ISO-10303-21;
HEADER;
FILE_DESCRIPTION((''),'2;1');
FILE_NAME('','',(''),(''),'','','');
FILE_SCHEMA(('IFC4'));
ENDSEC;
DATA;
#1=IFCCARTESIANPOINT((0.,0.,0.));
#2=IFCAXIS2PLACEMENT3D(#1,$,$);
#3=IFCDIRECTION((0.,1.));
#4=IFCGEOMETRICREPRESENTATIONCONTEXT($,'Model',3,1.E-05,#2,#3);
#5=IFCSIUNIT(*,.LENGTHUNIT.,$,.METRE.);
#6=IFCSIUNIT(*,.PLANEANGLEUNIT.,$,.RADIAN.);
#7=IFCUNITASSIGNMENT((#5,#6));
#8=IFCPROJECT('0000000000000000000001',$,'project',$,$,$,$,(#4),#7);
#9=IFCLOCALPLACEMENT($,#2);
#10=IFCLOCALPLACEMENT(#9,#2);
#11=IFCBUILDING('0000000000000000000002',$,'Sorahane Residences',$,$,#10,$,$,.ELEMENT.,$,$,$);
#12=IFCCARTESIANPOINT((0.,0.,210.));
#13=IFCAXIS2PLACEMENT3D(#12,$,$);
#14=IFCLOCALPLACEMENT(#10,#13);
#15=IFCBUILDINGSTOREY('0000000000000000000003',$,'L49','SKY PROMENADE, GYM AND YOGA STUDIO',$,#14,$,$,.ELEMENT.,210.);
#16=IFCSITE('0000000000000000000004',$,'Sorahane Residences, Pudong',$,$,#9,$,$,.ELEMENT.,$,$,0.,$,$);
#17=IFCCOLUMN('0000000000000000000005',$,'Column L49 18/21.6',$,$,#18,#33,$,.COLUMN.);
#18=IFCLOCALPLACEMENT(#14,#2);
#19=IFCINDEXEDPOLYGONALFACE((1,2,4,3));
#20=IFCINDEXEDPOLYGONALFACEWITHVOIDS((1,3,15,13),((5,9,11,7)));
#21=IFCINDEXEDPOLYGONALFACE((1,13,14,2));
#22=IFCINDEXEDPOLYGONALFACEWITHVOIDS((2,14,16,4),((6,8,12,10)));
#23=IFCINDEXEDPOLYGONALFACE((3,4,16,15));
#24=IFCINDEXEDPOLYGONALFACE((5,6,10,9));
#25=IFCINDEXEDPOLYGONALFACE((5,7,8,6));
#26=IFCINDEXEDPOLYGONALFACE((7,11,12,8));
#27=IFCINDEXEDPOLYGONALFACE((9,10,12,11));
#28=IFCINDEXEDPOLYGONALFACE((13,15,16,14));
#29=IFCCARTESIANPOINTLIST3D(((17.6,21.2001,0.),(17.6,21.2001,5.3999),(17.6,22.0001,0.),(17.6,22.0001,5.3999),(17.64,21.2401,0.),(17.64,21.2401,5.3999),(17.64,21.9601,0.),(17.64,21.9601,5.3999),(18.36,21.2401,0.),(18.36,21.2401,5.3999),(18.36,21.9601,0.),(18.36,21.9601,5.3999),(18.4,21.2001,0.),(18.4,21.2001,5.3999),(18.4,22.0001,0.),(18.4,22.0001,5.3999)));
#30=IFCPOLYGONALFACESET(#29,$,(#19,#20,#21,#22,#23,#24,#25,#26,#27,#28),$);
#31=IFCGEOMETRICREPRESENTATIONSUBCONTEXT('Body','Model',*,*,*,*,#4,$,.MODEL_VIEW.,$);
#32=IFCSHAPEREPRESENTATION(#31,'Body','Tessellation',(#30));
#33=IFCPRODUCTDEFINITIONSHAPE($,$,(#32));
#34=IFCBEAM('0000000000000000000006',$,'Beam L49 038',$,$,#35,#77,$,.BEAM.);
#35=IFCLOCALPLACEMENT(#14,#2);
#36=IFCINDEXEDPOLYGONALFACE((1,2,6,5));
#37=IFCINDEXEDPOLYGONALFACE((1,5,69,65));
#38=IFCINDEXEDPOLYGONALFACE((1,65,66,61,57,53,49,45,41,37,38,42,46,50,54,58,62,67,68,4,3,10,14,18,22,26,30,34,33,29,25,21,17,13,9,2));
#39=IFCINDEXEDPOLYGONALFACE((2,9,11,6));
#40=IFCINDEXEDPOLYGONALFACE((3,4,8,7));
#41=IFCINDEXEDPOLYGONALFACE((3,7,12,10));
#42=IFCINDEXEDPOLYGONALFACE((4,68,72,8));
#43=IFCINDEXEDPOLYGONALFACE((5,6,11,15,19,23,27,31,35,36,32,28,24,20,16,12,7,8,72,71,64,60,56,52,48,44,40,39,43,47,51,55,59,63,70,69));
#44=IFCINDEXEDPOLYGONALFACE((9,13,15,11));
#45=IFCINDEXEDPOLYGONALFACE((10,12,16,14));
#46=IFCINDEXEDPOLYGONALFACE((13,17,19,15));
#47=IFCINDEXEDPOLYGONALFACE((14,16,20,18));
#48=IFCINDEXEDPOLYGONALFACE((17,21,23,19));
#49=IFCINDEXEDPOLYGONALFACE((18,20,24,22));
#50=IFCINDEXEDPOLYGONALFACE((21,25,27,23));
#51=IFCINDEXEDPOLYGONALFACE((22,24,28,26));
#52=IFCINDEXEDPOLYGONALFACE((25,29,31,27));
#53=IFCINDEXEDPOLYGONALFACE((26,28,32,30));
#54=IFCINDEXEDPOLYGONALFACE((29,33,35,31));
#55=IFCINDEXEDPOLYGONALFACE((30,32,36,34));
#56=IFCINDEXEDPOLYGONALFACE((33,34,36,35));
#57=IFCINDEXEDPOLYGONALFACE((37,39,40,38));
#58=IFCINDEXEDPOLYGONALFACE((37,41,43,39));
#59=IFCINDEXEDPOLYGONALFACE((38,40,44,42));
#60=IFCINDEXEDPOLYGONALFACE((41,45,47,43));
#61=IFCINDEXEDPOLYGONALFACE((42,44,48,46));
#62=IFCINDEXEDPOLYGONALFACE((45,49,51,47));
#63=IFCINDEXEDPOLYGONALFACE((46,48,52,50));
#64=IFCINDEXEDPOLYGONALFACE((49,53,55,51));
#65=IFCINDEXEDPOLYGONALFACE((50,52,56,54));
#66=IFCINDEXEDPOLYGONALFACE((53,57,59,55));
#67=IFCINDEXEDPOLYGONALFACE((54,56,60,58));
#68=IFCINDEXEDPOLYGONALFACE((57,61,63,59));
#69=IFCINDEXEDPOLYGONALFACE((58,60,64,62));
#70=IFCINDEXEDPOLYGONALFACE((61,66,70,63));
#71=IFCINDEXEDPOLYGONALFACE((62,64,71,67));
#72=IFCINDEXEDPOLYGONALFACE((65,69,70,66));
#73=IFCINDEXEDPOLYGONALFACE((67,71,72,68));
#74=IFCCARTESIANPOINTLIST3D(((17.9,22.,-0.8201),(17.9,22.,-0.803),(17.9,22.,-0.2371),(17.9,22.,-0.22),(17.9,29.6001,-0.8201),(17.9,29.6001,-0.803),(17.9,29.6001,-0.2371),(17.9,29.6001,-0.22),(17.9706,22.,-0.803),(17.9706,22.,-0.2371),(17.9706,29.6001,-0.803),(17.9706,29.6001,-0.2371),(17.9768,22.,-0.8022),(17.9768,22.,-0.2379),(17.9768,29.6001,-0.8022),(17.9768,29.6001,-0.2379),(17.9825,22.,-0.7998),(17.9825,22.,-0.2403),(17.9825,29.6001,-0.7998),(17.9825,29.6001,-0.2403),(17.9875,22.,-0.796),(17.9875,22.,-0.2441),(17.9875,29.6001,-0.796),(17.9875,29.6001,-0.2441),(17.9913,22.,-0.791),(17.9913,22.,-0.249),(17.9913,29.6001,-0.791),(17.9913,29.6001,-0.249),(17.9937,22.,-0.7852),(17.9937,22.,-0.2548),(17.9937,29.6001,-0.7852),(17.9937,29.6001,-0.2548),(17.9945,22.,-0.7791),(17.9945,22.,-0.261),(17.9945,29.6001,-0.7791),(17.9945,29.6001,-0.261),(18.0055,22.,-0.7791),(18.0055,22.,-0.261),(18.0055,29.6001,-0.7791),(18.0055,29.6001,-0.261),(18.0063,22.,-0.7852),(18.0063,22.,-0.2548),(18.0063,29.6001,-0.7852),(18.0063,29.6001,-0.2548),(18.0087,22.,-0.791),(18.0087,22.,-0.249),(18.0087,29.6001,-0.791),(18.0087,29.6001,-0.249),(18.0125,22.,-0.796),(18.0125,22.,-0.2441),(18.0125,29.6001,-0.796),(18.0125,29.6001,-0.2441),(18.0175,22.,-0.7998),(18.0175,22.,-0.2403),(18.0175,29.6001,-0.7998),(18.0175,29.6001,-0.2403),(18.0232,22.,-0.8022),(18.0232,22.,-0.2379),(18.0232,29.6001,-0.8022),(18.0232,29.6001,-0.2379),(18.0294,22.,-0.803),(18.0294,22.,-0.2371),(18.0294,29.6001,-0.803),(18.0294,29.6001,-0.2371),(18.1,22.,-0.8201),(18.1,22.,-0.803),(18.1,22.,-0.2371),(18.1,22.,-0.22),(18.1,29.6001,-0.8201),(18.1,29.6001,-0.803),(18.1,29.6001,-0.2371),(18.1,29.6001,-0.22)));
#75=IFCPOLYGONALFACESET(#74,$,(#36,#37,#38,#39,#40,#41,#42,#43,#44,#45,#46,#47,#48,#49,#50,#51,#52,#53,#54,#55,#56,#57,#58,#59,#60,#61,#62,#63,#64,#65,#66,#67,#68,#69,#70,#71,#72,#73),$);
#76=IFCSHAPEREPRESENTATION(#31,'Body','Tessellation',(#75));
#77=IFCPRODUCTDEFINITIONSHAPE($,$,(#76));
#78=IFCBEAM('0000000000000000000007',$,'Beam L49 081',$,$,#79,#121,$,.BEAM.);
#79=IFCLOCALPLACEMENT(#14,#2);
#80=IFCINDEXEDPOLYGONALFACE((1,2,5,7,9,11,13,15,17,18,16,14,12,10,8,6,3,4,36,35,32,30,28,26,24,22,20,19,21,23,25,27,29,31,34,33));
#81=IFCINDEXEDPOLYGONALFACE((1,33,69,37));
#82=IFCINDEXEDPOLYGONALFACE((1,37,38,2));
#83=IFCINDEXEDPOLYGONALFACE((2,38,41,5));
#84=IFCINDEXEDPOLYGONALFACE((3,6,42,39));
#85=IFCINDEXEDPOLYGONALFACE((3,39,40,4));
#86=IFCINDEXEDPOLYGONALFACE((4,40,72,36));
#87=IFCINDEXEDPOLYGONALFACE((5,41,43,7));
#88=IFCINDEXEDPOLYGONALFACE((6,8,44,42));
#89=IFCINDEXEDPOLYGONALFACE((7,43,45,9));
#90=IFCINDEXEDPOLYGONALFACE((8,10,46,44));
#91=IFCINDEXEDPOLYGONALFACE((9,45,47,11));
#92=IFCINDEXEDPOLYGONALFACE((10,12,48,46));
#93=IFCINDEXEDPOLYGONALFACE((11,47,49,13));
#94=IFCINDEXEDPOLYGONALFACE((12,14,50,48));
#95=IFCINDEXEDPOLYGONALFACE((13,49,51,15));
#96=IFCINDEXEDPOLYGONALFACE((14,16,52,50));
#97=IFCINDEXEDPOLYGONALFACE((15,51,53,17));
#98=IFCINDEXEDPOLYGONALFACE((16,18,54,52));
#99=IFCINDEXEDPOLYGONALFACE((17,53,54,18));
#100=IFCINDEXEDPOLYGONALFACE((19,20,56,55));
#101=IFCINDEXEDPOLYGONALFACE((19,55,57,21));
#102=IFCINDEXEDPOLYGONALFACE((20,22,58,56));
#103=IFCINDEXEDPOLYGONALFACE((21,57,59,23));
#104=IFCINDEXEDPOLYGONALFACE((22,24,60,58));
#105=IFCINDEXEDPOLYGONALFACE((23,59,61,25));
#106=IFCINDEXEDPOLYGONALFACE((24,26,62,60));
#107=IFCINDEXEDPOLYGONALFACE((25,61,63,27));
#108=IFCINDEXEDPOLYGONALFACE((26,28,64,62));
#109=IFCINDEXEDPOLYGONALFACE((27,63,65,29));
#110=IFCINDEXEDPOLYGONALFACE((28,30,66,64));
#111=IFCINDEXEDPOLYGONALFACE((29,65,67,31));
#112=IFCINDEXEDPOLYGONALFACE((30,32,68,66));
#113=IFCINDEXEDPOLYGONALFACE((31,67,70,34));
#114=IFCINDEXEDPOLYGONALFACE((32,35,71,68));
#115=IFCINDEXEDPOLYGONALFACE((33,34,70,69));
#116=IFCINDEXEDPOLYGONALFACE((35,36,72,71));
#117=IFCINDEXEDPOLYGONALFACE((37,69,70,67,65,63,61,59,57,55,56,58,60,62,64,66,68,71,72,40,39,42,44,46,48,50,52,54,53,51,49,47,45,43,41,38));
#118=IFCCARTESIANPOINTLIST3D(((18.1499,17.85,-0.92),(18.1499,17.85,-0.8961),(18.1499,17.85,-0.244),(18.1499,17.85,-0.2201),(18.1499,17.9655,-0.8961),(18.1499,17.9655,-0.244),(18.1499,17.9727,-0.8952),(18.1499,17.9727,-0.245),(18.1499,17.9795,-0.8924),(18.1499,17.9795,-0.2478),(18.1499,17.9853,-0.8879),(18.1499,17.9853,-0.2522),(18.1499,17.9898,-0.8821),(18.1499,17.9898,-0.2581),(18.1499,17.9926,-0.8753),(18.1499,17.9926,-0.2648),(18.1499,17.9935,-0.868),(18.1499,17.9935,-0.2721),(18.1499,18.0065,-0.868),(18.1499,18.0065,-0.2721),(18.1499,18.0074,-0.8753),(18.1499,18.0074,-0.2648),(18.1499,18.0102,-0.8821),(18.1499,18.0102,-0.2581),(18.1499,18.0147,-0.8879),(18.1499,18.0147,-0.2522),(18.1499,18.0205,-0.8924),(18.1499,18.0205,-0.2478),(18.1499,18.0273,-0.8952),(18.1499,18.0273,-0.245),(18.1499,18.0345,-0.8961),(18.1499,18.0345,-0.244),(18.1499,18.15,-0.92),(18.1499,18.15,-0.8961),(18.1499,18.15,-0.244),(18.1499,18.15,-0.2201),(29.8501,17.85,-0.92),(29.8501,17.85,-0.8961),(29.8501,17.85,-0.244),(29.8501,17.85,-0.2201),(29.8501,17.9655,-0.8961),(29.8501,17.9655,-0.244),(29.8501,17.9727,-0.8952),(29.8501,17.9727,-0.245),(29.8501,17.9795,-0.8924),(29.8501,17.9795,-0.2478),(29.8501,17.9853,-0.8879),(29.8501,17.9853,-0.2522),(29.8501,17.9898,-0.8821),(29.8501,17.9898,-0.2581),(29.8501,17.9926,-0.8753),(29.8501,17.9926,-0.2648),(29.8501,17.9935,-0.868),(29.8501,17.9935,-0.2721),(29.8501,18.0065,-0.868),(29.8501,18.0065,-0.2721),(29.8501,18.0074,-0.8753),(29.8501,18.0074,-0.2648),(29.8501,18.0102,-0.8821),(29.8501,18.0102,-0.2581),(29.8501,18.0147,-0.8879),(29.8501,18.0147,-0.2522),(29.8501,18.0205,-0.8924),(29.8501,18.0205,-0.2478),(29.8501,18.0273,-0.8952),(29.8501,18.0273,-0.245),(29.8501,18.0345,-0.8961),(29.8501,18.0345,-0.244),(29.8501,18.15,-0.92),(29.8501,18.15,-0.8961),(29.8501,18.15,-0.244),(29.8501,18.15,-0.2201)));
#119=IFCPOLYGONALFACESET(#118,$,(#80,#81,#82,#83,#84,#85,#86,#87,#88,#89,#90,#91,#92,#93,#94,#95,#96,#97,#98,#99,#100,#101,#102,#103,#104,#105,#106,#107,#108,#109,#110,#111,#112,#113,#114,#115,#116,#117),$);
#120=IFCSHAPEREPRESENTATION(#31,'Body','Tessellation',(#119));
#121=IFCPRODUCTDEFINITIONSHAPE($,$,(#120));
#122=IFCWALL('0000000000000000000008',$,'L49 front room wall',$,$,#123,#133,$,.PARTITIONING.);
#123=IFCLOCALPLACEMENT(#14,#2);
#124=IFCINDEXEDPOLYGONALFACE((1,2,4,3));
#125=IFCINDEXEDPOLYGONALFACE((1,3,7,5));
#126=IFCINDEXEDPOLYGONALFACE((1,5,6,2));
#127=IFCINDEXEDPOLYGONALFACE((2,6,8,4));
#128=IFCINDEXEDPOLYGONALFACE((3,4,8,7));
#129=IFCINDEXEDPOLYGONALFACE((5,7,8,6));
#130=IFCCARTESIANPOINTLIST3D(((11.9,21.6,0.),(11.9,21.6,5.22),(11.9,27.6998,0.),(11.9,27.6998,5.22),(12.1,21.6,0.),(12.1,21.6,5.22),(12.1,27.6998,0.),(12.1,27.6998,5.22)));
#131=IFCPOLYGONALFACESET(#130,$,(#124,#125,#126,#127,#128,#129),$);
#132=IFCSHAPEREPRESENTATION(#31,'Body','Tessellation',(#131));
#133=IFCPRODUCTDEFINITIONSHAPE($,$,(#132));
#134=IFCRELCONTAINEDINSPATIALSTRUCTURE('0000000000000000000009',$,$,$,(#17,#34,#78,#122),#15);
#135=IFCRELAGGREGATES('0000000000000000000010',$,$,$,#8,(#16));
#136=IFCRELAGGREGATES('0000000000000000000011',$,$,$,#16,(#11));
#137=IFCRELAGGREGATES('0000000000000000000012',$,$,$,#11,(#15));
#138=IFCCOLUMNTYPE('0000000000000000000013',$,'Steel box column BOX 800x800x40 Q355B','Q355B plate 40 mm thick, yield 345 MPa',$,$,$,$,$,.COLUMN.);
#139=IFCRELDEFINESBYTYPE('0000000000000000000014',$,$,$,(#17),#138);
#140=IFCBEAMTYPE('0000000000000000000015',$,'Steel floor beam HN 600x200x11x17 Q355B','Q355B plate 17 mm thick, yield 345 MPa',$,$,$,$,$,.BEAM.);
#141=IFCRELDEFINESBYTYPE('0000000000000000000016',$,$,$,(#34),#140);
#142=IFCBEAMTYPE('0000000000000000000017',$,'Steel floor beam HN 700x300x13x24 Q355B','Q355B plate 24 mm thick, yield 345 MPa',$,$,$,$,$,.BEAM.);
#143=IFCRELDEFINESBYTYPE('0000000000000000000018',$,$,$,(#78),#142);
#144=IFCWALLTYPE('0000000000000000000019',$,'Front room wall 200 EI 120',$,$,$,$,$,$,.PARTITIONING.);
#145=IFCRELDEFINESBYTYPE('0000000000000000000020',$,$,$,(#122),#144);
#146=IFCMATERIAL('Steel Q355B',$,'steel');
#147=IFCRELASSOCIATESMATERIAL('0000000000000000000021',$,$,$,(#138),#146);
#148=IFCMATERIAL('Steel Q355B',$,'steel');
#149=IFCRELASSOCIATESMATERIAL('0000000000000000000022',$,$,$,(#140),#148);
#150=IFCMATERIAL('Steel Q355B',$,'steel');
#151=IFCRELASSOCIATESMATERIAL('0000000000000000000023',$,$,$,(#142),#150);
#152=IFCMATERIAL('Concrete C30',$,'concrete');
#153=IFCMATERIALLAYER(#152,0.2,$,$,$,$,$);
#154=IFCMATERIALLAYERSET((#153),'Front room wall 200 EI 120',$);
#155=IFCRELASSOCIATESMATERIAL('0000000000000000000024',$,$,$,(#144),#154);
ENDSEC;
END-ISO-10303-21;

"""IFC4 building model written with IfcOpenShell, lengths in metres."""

from ifc_helpers import new_model, si_unit, direction, frame, frame_2d, origin, origin_2d, place, context, subcontext, project, spatial, rectangle, hollow_rectangle, i_section, extrude, material, layer, layer_set, material_profile, profile_set, type_object, element, save


model = new_model("IFC4")

# Units and contexts
model_context = context("Model", 3, precision=1e-05, world=origin(), true_north=direction((0.0, 1.0)))
body_context = subcontext(model_context, "Body", "Model", "MODEL_VIEW")
ifc_project = project(units=[si_unit("LENGTHUNIT", "METRE"), si_unit("PLANEANGLEUNIT", "RADIAN")], contexts=[model_context])

# Site, building, storey
site_placement = place(None, origin())
site = spatial("IfcSite", under=ifc_project, at=site_placement, Name="Sorahane Residences, Pudong", CompositionType="ELEMENT", RefElevation=0.0)
building_placement = place(site_placement, origin())
building = spatial("IfcBuilding", under=site, at=building_placement, Name="Sorahane Residences", CompositionType="ELEMENT")
storey_placement = place(building_placement, frame((0.0, 0.0, 210.0)))
storey = spatial("IfcBuildingStorey", under=building, at=storey_placement, Name="L49", Description="SKY PROMENADE, GYM AND YOGA STUDIO", CompositionType="ELEMENT", Elevation=210.0)

# Column
ifc_material_1 = material(Name="Steel Q355B", Category="steel")
ifc_material_profile_1 = material_profile(ifc_material_1, hollow_rectangle(XDim=0.8, YDim=0.8, WallThickness=0.04, at=origin_2d()), Name="BOX 800x800x40")
ifc_profile_set_1 = profile_set([ifc_material_profile_1], Name="Steel Q355B")
column_type = type_object("IfcColumnType", Name="Steel box column BOX 800x800x40 Q355B", Description="Q355B plate 40 mm thick, yield 345 MPa", PredefinedType="COLUMN", material=ifc_profile_set_1)
column_placement = place(storey_placement, frame((18.0, 21.6001, 0.0), z_axis=(0.0, 0.0, 1.0), x_axis=(1.0, 0.0, 0.0)))
element("IfcColumn", 1, at=column_placement, inside=storey, type_object=column_type, Name="Column L49 18/21.6", PredefinedType="COLUMN", context=body_context, shape_type="SweptSolid", body=[
    extrude(hollow_rectangle(XDim=0.8, YDim=0.8, WallThickness=0.04, at=origin_2d()), origin(), (0.0, 0.0, 1.0), 5.3999),
])

# Beams
ifc_material_2 = material(Name="Steel Q355B", Category="steel")
ifc_material_profile_2 = material_profile(ifc_material_2, i_section(OverallWidth=0.2, OverallDepth=0.6001, WebThickness=0.011, FlangeThickness=0.0171, FilletRadius=0.0239, at=origin_2d()), Name="HN 600x200x11x17")
ifc_profile_set_2 = profile_set([ifc_material_profile_2], Name="Steel Q355B")
beam_type_1 = type_object("IfcBeamType", Name="Steel floor beam HN 600x200x11x17 Q355B", Description="Q355B plate 17 mm thick, yield 345 MPa", PredefinedType="BEAM", material=ifc_profile_set_2)
beam_1_placement = place(storey_placement, frame((18.0, 22.0, -0.52), z_axis=(0.0, 1.0, 0.0), x_axis=(-1.0, 0.0, 0.0)))
element("IfcBeam", 2, at=beam_1_placement, inside=storey, type_object=beam_type_1, Name="Beam L49 038", PredefinedType="BEAM", context=body_context, shape_type="SweptSolid", body=[
    extrude(i_section(OverallWidth=0.2, OverallDepth=0.6001, WebThickness=0.011, FlangeThickness=0.0171, FilletRadius=0.0239, at=origin_2d()), origin(), (0.0, 0.0, 1.0), 7.6001),
])
ifc_material_3 = material(Name="Steel Q355B", Category="steel")
ifc_material_profile_3 = material_profile(ifc_material_3, i_section(OverallWidth=0.3, OverallDepth=0.7, WebThickness=0.0129, FlangeThickness=0.0239, FilletRadius=0.0281, at=origin_2d()), Name="HN 700x300x13x24")
ifc_profile_set_3 = profile_set([ifc_material_profile_3], Name="Steel Q355B")
beam_type_2 = type_object("IfcBeamType", Name="Steel floor beam HN 700x300x13x24 Q355B", Description="Q355B plate 24 mm thick, yield 345 MPa", PredefinedType="BEAM", material=ifc_profile_set_3)
beam_2_placement = place(storey_placement, frame((18.1499, 18.0, -0.5701), z_axis=(1.0, 0.0, 0.0), x_axis=(0.0, 1.0, 0.0)))
element("IfcBeam", 3, at=beam_2_placement, inside=storey, type_object=beam_type_2, Name="Beam L49 081", PredefinedType="BEAM", context=body_context, shape_type="SweptSolid", body=[
    extrude(i_section(OverallWidth=0.3, OverallDepth=0.7, WebThickness=0.0129, FlangeThickness=0.0239, FilletRadius=0.0281, at=origin_2d()), origin(), (0.0, 0.0, 1.0), 11.7002),
])

# Wall
ifc_material_4 = material(Name="Concrete C30", Category="concrete")
ifc_layer_1 = layer(ifc_material_4, 0.2)
ifc_layer_set_1 = layer_set([ifc_layer_1], Name="Front room wall 200 EI 120")
wall_type_1 = type_object("IfcWallType", Name="Front room wall 200 EI 120", PredefinedType="PARTITIONING", material=ifc_layer_set_1)
wall_1_placement = place(storey_placement, frame((12.0, 21.6001, 0.0), z_axis=(0.0, 0.0, 1.0), x_axis=(0.0, 1.0, 0.0)))
element("IfcWall", 4, at=wall_1_placement, inside=storey, type_object=wall_type_1, Name="L49 front room wall", PredefinedType="PARTITIONING", context=body_context, shape_type="SweptSolid", body=[
    extrude(rectangle(XDim=6.0999, YDim=0.2, at=frame_2d((3.0498, 0.0))), origin(), (0.0, 0.0, 1.0), 5.22),
])

save(model, "model.ifc")
